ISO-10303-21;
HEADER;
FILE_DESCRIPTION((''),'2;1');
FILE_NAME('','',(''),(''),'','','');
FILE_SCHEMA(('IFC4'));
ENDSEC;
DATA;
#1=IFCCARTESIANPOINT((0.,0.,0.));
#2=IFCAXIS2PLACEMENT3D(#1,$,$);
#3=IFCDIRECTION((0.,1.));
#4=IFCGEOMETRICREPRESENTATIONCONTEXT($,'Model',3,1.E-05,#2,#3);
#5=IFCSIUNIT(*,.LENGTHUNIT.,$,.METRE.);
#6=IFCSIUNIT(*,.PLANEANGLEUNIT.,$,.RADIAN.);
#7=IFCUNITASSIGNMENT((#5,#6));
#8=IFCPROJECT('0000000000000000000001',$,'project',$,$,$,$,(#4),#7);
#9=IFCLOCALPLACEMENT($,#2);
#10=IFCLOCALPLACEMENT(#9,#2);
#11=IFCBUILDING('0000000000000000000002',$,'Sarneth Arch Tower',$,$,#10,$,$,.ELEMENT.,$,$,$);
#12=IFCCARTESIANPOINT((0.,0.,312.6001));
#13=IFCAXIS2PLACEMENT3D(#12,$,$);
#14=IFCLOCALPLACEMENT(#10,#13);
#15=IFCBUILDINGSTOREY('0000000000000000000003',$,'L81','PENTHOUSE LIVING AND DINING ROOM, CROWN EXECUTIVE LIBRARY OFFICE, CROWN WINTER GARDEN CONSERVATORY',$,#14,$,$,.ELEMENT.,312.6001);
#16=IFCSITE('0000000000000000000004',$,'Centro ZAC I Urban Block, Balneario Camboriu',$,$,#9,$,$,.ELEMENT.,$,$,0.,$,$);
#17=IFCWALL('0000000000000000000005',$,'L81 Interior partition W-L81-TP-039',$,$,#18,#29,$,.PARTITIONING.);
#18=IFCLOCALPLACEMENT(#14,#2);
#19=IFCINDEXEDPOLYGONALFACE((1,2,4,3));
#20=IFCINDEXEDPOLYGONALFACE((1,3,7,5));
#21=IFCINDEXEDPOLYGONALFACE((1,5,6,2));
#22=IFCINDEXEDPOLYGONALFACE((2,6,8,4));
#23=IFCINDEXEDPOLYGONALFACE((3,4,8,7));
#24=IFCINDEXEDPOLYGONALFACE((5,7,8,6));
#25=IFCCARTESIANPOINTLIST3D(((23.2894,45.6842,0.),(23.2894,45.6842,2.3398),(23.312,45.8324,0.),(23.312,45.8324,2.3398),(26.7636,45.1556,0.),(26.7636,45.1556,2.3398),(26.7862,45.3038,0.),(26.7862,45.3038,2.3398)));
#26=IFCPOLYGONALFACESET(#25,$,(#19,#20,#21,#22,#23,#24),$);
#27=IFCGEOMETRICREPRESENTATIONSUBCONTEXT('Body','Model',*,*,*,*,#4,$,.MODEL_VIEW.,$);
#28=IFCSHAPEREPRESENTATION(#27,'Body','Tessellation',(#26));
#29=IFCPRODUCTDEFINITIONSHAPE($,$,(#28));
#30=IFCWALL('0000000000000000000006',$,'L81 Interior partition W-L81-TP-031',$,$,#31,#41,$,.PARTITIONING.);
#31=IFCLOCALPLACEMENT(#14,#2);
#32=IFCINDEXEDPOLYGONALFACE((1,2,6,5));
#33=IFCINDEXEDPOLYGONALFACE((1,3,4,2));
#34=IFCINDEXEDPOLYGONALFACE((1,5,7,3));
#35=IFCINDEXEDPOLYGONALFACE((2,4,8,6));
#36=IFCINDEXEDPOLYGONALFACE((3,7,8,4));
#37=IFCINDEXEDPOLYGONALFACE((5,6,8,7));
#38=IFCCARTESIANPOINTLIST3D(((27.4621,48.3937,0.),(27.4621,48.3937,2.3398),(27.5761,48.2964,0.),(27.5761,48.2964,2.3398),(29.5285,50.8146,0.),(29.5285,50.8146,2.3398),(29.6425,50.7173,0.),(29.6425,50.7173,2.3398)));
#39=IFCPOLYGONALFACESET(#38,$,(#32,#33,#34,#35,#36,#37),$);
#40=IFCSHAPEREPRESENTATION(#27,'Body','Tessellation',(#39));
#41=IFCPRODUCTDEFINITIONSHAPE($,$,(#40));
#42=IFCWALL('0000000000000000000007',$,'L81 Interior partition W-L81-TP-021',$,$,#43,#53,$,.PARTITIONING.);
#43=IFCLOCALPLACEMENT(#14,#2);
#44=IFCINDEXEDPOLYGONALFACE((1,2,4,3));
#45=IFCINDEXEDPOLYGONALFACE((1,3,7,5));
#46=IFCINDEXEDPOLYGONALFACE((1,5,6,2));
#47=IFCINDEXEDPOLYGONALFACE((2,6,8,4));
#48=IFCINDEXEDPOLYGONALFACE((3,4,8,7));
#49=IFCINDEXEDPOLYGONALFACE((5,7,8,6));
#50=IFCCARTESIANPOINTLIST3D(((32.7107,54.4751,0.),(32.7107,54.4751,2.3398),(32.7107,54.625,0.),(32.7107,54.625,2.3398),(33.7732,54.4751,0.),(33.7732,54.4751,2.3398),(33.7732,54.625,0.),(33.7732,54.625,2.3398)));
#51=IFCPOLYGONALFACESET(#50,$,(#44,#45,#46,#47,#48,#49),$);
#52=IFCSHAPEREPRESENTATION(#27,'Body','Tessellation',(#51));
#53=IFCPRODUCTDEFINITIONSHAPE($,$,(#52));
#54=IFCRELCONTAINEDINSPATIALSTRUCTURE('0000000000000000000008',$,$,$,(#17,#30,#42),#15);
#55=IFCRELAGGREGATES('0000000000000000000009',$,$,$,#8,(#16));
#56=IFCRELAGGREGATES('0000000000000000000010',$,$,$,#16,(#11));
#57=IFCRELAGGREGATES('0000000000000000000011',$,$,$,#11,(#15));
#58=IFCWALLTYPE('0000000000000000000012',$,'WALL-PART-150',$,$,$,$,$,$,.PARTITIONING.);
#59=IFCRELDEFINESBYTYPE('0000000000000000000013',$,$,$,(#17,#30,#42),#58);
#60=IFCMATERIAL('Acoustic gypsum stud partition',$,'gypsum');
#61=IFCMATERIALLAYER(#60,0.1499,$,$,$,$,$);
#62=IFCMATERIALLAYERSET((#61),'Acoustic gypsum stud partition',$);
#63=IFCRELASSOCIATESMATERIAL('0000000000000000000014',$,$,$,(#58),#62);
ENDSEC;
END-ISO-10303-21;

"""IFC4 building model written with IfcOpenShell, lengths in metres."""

from ifc_helpers import new_model, si_unit, direction, frame, frame_2d, origin, place, context, subcontext, project, spatial, rectangle, extrude, material, layer, layer_set, type_object, element, save


model = new_model("IFC4")

# Units and contexts
model_context = context("Model", 3, precision=1e-05, world=origin(), true_north=direction((0.0, 1.0)))
body_context = subcontext(model_context, "Body", "Model", "MODEL_VIEW")
ifc_project = project(units=[si_unit("LENGTHUNIT", "METRE"), si_unit("PLANEANGLEUNIT", "RADIAN")], contexts=[model_context])

# Site, building, storey
site_placement = place(None, origin())
site = spatial("IfcSite", under=ifc_project, at=site_placement, Name="Centro ZAC I Urban Block, Balneario Camboriu", CompositionType="ELEMENT", RefElevation=0.0)
building_placement = place(site_placement, origin())
building = spatial("IfcBuilding", under=site, at=building_placement, Name="Sarneth Arch Tower", CompositionType="ELEMENT")
storey_placement = place(building_placement, frame((0.0, 0.0, 312.6001)))
storey = spatial("IfcBuildingStorey", under=building, at=storey_placement, Name="L81", Description="PENTHOUSE LIVING AND DINING ROOM, CROWN EXECUTIVE LIBRARY OFFICE, CROWN WINTER GARDEN CONSERVATORY", CompositionType="ELEMENT", Elevation=312.6001)

# Walls
ifc_material_1 = material(Name="Acoustic gypsum stud partition", Category="gypsum")
ifc_layer_1 = layer(ifc_material_1, 0.1499)
ifc_layer_set_1 = layer_set([ifc_layer_1], Name="Acoustic gypsum stud partition")
wall_type_1 = type_object("IfcWallType", Name="WALL-PART-150", PredefinedType="PARTITIONING", material=ifc_layer_set_1)
wall_1_placement = place(storey_placement, frame((26.7749, 45.2297, 0.0), z_axis=(0.0, 0.0, 1.0), x_axis=(-0.988623, 0.150412, 0.0)))
element("IfcWall", 1, at=wall_1_placement, inside=storey, type_object=wall_type_1, Name="L81 Interior partition W-L81-TP-039", PredefinedType="PARTITIONING", context=body_context, shape_type="SweptSolid", body=[
    extrude(rectangle(XDim=3.5142, YDim=0.1499, at=frame_2d((1.7571, 0.0))), origin(), (0.0, 0.0, 1.0), 2.3398),
])
wall_2_placement = place(storey_placement, frame((29.5854, 50.7659, 0.0), z_axis=(0.0, 0.0, 1.0), x_axis=(-0.649223, -0.760598, 0.0)))
element("IfcWall", 2, at=wall_2_placement, inside=storey, type_object=wall_type_1, Name="L81 Interior partition W-L81-TP-031", PredefinedType="PARTITIONING", context=body_context, shape_type="SweptSolid", body=[
    extrude(rectangle(XDim=3.1829, YDim=0.1499, at=frame_2d((1.5913, 0.0))), origin(), (0.0, 0.0, 1.0), 2.3398),
])
wall_3_placement = place(storey_placement, frame((32.7107, 54.55, 0.0), z_axis=(0.0, 0.0, 1.0), x_axis=(1.0, 0.0, 0.0)))
element("IfcWall", 3, at=wall_3_placement, inside=storey, type_object=wall_type_1, Name="L81 Interior partition W-L81-TP-021", PredefinedType="PARTITIONING", context=body_context, shape_type="SweptSolid", body=[
    extrude(rectangle(XDim=1.0625, YDim=0.1499, at=frame_2d((0.5312, 0.0))), origin(), (0.0, 0.0, 1.0), 2.3398),
])

save(model, "model.ifc")
